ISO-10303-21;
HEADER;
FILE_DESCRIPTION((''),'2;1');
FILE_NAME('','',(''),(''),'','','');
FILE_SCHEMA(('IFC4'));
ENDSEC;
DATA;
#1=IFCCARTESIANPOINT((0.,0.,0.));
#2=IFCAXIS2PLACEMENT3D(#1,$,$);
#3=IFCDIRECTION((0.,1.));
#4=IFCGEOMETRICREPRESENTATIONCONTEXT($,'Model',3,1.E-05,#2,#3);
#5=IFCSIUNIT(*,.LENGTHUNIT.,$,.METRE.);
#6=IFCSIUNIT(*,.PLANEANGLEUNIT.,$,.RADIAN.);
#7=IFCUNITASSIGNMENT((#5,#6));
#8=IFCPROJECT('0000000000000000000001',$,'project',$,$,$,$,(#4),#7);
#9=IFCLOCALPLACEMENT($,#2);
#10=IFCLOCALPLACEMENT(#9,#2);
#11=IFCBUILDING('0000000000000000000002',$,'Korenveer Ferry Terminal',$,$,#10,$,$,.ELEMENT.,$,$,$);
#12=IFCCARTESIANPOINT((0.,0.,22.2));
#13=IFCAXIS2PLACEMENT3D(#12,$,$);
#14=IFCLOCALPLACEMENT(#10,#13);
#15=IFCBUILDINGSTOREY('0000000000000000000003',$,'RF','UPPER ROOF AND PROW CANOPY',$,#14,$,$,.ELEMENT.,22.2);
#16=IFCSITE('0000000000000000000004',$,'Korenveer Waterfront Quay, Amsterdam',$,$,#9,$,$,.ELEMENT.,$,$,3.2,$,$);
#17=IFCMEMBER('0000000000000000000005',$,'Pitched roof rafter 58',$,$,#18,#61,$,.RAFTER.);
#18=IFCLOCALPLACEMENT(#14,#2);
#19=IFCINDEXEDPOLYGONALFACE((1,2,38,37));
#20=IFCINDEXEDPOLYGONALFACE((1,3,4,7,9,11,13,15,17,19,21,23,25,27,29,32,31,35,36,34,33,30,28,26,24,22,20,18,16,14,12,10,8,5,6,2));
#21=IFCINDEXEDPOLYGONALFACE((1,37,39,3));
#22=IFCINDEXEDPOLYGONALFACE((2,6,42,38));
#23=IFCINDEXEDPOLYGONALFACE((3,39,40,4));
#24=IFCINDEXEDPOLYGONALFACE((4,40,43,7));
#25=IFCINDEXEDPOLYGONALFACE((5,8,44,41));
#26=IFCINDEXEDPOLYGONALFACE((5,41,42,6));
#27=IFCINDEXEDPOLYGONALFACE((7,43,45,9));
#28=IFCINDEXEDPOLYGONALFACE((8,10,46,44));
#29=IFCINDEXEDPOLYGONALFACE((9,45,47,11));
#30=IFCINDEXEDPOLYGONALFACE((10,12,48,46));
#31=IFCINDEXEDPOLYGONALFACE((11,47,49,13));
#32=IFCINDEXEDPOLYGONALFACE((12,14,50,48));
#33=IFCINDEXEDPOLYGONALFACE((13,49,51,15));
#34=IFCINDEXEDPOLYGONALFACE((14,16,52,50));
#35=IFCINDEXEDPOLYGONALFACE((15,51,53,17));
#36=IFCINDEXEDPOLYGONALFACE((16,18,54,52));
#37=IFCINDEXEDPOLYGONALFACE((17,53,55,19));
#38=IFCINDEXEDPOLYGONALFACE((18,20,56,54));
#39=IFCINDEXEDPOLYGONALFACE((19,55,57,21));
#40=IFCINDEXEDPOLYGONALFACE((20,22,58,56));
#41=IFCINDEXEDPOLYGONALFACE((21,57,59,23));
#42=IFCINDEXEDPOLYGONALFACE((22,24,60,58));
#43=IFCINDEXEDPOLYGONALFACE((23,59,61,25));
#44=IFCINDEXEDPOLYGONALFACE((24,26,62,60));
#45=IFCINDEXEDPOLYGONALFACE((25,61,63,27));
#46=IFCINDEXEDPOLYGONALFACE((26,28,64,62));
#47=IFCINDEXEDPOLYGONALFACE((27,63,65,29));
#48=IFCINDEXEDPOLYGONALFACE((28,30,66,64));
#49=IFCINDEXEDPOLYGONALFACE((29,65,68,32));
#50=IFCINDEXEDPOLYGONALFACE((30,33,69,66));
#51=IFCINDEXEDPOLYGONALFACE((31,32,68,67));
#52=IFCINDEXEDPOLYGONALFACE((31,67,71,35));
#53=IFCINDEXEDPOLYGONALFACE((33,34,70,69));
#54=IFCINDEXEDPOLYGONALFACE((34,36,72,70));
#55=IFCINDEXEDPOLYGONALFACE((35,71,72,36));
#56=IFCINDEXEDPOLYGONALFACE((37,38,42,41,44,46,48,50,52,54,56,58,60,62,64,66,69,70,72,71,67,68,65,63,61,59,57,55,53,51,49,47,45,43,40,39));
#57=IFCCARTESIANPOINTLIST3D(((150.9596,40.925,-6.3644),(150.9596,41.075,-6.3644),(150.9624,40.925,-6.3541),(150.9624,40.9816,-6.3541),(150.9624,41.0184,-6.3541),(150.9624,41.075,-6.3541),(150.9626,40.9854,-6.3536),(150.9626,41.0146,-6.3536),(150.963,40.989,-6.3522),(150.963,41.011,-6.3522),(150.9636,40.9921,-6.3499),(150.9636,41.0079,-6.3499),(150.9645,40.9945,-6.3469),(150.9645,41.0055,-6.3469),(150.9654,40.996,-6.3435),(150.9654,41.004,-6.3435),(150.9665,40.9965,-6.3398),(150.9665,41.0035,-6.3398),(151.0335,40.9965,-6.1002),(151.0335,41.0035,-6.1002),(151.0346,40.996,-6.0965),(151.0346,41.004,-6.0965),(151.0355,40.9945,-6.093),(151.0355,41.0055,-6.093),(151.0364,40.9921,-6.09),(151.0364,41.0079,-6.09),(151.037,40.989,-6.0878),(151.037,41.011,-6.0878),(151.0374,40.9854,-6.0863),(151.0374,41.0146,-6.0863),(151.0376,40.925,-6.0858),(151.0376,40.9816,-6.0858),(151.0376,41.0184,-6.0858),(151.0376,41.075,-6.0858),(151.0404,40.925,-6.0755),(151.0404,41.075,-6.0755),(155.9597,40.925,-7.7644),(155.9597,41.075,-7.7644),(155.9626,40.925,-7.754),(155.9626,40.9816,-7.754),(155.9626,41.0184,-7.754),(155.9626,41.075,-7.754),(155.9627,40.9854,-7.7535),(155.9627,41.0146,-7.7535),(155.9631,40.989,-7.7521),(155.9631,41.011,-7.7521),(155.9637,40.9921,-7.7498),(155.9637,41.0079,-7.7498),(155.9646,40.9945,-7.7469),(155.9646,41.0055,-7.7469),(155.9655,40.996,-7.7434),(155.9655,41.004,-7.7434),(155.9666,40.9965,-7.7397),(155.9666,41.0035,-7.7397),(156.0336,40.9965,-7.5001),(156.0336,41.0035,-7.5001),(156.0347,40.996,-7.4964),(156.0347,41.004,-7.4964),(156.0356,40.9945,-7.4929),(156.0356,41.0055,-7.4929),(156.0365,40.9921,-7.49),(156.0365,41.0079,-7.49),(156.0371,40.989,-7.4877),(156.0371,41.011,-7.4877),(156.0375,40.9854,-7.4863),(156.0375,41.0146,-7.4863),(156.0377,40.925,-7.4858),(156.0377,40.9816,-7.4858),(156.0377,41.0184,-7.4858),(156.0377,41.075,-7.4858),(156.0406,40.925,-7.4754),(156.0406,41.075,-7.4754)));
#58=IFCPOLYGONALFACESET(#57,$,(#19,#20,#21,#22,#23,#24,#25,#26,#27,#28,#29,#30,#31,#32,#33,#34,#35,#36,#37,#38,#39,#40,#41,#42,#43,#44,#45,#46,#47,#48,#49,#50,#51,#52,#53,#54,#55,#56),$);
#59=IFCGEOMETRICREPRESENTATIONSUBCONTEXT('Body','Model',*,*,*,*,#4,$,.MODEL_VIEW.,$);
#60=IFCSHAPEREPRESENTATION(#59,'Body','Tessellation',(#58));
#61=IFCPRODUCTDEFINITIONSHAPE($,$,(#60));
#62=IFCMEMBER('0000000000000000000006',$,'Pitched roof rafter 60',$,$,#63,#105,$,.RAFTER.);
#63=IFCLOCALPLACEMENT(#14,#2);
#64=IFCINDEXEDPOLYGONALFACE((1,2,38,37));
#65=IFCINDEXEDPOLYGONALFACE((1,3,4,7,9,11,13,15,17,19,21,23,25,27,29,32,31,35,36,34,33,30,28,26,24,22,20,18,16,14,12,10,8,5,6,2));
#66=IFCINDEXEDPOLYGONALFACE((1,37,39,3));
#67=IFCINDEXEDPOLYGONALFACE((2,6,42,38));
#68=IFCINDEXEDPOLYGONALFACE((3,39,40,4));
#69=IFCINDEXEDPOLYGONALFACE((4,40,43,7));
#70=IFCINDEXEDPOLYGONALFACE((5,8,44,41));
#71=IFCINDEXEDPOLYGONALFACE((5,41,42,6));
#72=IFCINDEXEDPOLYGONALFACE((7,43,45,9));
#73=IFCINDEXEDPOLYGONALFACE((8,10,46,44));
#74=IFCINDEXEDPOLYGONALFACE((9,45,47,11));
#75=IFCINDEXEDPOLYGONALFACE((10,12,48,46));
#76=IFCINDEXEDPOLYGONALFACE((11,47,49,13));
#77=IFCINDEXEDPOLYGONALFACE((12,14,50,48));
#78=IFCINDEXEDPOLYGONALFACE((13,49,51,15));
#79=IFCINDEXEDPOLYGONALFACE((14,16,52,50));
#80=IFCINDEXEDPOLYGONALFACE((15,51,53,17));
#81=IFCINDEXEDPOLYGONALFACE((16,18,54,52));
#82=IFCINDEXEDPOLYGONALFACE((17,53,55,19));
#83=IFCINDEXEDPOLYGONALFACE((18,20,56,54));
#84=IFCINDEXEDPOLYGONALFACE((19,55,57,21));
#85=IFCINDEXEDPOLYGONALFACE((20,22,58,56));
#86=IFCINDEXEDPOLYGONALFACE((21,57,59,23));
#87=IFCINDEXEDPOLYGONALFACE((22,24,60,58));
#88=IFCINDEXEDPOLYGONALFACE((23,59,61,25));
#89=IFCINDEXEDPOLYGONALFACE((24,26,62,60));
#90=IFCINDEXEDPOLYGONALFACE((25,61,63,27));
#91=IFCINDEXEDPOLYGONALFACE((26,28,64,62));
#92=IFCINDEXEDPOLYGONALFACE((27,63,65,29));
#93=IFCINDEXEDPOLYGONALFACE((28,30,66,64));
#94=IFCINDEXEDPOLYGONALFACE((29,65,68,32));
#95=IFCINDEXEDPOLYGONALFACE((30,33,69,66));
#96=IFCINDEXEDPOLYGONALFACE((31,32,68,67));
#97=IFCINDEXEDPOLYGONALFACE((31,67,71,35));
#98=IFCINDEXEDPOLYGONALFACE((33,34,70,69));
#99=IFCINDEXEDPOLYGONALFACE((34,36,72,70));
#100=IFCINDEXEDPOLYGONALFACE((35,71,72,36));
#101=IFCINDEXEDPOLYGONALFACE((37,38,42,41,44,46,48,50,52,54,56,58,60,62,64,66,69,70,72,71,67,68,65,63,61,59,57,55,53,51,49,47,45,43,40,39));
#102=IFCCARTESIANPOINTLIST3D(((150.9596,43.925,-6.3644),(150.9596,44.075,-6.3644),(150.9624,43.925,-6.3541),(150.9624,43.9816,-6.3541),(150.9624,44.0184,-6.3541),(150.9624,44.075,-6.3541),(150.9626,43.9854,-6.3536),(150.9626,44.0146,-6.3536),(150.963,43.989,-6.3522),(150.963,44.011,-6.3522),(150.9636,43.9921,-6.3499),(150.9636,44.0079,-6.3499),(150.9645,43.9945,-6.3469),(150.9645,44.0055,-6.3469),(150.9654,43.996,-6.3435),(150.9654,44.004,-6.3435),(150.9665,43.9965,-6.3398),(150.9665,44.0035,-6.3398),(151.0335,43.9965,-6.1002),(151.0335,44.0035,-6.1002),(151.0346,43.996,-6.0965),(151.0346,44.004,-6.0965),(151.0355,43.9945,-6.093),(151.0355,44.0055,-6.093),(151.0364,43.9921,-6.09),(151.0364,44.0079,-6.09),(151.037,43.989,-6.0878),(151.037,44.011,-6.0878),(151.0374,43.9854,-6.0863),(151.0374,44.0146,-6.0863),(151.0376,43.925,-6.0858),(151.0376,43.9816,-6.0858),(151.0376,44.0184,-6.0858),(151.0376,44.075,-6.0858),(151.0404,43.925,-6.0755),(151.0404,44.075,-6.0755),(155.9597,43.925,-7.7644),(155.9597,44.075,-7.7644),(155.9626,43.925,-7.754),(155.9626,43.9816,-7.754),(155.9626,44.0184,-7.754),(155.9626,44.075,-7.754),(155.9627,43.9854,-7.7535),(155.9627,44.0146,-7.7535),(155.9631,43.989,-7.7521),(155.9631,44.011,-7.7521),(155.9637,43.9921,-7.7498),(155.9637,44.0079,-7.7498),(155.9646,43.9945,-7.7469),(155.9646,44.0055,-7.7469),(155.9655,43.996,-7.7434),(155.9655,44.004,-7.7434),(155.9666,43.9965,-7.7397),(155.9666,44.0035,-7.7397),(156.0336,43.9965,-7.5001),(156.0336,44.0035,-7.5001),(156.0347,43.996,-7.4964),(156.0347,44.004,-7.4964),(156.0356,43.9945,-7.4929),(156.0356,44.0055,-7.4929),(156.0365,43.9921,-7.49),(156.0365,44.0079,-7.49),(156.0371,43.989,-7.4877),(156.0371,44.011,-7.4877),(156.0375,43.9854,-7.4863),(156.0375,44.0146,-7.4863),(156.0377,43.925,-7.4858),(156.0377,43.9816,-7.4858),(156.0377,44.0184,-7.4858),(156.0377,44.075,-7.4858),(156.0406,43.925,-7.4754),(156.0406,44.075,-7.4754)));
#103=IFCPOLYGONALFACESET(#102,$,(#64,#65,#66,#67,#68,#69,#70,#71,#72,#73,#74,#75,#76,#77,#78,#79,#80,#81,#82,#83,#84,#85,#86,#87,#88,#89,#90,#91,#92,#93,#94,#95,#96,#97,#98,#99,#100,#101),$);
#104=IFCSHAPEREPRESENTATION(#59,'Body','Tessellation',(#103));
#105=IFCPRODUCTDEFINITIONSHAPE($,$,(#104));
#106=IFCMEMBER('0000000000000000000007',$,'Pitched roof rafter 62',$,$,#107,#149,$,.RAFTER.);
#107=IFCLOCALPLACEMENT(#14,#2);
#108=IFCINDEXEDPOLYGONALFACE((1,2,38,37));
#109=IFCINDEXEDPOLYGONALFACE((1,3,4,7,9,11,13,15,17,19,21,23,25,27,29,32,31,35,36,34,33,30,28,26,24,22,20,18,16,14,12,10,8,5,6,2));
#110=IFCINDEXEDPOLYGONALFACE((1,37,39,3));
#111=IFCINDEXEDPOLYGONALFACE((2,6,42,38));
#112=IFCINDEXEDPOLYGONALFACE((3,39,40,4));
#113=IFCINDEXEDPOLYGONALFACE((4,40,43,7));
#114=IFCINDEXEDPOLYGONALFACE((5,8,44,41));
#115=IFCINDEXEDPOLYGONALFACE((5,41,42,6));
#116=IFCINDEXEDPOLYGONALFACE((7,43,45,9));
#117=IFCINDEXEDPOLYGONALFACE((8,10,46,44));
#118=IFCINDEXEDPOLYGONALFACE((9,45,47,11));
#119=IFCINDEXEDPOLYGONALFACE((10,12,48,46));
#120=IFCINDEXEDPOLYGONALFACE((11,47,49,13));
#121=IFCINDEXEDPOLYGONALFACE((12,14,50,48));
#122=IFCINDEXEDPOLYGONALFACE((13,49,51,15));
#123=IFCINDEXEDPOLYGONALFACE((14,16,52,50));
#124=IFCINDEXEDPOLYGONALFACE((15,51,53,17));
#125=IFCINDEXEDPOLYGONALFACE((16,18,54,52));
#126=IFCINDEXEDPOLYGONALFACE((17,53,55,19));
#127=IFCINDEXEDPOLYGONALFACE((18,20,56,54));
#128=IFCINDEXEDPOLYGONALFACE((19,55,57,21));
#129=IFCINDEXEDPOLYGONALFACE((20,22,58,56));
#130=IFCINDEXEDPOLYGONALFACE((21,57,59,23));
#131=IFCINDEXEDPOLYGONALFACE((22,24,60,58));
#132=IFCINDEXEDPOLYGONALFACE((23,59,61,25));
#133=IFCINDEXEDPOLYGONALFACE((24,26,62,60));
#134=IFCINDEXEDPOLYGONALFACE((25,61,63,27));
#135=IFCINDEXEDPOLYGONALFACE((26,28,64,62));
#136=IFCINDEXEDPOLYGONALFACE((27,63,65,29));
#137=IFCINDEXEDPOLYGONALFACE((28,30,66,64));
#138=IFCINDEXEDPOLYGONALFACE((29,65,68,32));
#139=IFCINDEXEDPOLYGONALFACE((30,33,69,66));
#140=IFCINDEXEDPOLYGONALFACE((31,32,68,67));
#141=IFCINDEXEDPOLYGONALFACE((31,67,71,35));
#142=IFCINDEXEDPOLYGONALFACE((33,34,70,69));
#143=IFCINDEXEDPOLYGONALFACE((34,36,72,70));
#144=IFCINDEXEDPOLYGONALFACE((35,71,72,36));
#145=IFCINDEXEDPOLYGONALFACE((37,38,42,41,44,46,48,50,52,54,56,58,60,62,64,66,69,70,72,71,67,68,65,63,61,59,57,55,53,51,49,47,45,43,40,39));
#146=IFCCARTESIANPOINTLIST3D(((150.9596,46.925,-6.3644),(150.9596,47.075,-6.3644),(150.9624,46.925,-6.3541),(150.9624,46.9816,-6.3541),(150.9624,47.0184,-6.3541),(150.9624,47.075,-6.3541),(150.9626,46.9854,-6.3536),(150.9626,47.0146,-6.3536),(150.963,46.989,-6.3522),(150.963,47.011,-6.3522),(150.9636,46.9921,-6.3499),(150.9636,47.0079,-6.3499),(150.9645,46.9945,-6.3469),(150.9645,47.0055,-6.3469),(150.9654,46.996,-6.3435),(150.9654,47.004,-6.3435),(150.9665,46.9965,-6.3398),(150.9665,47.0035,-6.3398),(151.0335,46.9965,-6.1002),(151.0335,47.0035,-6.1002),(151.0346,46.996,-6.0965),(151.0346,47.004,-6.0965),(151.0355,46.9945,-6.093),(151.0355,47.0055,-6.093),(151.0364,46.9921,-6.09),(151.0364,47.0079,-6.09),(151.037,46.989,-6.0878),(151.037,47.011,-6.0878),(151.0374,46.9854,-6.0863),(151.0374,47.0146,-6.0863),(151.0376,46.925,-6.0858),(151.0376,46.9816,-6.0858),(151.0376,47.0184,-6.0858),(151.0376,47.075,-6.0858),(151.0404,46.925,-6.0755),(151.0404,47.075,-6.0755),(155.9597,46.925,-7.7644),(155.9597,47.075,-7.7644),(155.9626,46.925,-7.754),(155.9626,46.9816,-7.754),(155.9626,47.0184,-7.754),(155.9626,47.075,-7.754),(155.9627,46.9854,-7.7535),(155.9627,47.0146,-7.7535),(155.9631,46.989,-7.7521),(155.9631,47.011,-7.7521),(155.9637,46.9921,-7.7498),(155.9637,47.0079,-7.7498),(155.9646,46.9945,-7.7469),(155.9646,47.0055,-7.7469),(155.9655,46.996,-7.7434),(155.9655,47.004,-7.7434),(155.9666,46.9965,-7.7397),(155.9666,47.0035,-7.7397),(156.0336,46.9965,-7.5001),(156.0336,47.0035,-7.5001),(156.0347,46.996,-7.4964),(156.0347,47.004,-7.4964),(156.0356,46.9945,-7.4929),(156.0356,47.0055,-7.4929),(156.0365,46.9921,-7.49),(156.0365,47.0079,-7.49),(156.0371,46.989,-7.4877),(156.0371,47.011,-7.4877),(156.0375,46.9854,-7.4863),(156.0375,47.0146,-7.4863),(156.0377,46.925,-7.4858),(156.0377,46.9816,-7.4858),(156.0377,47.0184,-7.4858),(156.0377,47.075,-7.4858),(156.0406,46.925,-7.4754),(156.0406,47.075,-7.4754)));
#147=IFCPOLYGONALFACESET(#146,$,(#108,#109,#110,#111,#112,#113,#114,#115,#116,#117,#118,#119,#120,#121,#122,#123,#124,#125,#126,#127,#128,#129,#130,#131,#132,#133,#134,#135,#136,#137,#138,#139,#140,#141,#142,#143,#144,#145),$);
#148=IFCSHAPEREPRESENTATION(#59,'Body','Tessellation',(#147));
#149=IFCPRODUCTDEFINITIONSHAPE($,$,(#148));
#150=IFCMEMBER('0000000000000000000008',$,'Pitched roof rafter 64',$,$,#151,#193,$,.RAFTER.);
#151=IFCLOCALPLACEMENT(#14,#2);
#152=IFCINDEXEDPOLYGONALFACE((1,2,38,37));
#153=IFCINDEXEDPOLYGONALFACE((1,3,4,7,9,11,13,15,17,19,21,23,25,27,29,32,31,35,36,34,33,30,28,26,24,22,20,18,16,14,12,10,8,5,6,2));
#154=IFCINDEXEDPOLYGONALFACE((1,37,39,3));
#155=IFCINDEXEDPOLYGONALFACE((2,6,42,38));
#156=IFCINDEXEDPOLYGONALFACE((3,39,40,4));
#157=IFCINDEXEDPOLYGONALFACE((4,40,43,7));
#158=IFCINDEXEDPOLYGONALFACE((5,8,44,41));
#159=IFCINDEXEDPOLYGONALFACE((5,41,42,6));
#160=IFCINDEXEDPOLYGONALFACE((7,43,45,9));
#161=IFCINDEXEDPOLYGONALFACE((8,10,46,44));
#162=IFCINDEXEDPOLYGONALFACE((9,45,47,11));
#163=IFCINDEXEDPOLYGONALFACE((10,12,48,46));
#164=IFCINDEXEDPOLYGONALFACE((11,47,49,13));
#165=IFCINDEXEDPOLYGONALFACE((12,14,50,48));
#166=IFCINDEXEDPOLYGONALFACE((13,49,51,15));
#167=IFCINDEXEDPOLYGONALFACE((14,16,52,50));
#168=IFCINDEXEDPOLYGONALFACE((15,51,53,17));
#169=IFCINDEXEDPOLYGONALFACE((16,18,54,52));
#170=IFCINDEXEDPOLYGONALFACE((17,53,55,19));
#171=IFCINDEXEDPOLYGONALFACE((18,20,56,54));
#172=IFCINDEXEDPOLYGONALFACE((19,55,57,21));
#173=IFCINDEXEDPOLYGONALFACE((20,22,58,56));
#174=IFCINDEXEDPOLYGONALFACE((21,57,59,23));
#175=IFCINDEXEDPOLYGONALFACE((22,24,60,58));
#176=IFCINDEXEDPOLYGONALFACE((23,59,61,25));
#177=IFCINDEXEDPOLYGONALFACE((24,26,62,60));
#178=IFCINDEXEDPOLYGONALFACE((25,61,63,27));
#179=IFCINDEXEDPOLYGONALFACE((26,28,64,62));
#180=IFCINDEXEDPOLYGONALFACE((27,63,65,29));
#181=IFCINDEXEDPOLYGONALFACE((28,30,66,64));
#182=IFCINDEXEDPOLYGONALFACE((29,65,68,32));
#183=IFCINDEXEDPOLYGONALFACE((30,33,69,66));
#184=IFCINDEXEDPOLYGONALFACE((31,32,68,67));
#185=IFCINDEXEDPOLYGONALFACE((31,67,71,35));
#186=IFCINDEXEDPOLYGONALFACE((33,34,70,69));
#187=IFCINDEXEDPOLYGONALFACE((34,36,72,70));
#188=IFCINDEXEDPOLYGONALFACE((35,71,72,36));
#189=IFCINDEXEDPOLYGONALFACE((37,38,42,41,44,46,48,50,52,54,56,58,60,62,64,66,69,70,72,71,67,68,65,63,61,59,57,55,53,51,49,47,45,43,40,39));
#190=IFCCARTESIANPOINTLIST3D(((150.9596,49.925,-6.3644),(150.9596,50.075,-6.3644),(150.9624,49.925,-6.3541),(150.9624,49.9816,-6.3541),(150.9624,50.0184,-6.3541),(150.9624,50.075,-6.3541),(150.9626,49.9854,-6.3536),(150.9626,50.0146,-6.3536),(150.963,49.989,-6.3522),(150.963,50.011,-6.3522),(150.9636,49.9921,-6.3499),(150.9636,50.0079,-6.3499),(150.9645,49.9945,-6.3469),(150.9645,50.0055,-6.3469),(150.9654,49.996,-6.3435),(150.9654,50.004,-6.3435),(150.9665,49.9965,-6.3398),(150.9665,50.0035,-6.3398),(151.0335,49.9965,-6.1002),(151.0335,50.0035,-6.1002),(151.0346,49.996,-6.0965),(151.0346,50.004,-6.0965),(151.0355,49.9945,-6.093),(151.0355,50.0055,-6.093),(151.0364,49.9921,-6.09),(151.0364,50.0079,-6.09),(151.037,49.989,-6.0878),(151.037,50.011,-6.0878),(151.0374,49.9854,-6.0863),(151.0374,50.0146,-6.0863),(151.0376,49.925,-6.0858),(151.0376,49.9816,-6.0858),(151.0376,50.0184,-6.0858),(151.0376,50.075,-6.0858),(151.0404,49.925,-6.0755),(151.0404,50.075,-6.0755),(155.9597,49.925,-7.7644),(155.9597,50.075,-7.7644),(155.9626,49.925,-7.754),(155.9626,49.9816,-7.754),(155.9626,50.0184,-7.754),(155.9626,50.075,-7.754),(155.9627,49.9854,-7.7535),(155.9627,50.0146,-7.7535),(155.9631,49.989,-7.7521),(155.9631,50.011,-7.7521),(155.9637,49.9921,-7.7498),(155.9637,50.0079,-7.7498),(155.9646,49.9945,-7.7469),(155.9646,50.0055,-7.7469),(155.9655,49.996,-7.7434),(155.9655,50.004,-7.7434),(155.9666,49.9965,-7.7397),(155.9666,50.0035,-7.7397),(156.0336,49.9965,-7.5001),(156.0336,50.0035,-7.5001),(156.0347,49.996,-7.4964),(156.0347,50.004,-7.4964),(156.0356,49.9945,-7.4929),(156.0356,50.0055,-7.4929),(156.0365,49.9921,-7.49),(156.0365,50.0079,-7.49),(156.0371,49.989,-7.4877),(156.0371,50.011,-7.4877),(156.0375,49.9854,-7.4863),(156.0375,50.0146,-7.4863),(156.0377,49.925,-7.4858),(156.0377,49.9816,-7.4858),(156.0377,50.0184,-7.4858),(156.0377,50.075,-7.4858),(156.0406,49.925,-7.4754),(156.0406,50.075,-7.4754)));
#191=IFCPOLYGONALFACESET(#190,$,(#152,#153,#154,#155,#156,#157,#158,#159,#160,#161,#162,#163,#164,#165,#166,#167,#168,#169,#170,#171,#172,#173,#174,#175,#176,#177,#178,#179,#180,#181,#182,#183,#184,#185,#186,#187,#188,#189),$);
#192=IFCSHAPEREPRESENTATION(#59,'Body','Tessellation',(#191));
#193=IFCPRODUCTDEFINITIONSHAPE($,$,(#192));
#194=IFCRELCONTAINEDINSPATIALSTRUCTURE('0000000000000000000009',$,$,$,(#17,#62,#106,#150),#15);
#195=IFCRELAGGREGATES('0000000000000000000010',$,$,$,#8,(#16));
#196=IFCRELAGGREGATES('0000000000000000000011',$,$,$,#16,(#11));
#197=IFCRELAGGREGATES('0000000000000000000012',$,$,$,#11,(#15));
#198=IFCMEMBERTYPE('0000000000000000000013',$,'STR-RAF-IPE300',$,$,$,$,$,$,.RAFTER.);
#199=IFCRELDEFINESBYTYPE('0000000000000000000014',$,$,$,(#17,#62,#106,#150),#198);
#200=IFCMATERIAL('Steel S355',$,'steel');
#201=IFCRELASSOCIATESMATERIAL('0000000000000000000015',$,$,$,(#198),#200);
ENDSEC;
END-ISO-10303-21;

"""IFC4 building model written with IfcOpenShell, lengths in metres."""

from ifc_helpers import new_model, si_unit, direction, frame, origin, origin_2d, place, context, subcontext, project, spatial, i_section, extrude, material, material_profile, profile_set, type_object, element, save


model = new_model("IFC4")

# Units and contexts
model_context = context("Model", 3, precision=1e-05, world=origin(), true_north=direction((0.0, 1.0)))
body_context = subcontext(model_context, "Body", "Model", "MODEL_VIEW")
ifc_project = project(units=[si_unit("LENGTHUNIT", "METRE"), si_unit("PLANEANGLEUNIT", "RADIAN")], contexts=[model_context])

# Site, building, storey
site_placement = place(None, origin())
site = spatial("IfcSite", under=ifc_project, at=site_placement, Name="Korenveer Waterfront Quay, Amsterdam", CompositionType="ELEMENT", RefElevation=3.2)
building_placement = place(site_placement, origin())
building = spatial("IfcBuilding", under=site, at=building_placement, Name="Korenveer Ferry Terminal", CompositionType="ELEMENT")
storey_placement = place(building_placement, frame((0.0, 0.0, 22.2)))
storey = spatial("IfcBuildingStorey", under=building, at=storey_placement, Name="RF", Description="UPPER ROOF AND PROW CANOPY", CompositionType="ELEMENT", Elevation=22.2)

# Shared definitions
ifc_material_1 = material(Name="Steel S355", Category="steel")

# Members
ifc_material_profile_1 = material_profile(ifc_material_1, i_section(OverallWidth=0.1499, OverallDepth=0.3, WebThickness=0.0071, FlangeThickness=0.0107, FilletRadius=0.0149, at=origin_2d()), Name="IPE 300")
ifc_profile_set_1 = profile_set([ifc_material_profile_1], Name="Steel S355")
member_type_1 = type_object("IfcMemberType", Name="STR-RAF-IPE300", PredefinedType="RAFTER", material=ifc_profile_set_1)
for number, where, z_axis, x_axis, name in (
    (1, (151.0, 41.0, -6.22), (0.962969, 0.0, -0.269612), (0.0, 1.0, 0.0), "Pitched roof rafter 58"),
    (2, (151.0, 44.0, -6.22), (0.962969, 0.0, -0.269612), (0.0, 1.0, 0.0), "Pitched roof rafter 60"),
    (3, (151.0, 47.0, -6.22), (0.962969, 0.0, -0.269612), (0.0, 1.0, 0.0), "Pitched roof rafter 62"),
    (4, (151.0, 50.0, -6.22), (0.962969, 0.0, -0.269612), (0.0, 1.0, 0.0), "Pitched roof rafter 64"),
):
    element("IfcMember", number, at=place(storey_placement, frame(where, z_axis=z_axis, x_axis=x_axis)), inside=storey, type_object=member_type_1, Name=name, PredefinedType="RAFTER", context=body_context, shape_type="SweptSolid", body=[
        extrude(i_section(OverallWidth=0.1499, OverallDepth=0.3, WebThickness=0.0071, FlangeThickness=0.0107, FilletRadius=0.0149, at=origin_2d()), origin(), (0.0, 0.0, 1.0), 5.1924),
    ])

save(model, "model.ifc")
